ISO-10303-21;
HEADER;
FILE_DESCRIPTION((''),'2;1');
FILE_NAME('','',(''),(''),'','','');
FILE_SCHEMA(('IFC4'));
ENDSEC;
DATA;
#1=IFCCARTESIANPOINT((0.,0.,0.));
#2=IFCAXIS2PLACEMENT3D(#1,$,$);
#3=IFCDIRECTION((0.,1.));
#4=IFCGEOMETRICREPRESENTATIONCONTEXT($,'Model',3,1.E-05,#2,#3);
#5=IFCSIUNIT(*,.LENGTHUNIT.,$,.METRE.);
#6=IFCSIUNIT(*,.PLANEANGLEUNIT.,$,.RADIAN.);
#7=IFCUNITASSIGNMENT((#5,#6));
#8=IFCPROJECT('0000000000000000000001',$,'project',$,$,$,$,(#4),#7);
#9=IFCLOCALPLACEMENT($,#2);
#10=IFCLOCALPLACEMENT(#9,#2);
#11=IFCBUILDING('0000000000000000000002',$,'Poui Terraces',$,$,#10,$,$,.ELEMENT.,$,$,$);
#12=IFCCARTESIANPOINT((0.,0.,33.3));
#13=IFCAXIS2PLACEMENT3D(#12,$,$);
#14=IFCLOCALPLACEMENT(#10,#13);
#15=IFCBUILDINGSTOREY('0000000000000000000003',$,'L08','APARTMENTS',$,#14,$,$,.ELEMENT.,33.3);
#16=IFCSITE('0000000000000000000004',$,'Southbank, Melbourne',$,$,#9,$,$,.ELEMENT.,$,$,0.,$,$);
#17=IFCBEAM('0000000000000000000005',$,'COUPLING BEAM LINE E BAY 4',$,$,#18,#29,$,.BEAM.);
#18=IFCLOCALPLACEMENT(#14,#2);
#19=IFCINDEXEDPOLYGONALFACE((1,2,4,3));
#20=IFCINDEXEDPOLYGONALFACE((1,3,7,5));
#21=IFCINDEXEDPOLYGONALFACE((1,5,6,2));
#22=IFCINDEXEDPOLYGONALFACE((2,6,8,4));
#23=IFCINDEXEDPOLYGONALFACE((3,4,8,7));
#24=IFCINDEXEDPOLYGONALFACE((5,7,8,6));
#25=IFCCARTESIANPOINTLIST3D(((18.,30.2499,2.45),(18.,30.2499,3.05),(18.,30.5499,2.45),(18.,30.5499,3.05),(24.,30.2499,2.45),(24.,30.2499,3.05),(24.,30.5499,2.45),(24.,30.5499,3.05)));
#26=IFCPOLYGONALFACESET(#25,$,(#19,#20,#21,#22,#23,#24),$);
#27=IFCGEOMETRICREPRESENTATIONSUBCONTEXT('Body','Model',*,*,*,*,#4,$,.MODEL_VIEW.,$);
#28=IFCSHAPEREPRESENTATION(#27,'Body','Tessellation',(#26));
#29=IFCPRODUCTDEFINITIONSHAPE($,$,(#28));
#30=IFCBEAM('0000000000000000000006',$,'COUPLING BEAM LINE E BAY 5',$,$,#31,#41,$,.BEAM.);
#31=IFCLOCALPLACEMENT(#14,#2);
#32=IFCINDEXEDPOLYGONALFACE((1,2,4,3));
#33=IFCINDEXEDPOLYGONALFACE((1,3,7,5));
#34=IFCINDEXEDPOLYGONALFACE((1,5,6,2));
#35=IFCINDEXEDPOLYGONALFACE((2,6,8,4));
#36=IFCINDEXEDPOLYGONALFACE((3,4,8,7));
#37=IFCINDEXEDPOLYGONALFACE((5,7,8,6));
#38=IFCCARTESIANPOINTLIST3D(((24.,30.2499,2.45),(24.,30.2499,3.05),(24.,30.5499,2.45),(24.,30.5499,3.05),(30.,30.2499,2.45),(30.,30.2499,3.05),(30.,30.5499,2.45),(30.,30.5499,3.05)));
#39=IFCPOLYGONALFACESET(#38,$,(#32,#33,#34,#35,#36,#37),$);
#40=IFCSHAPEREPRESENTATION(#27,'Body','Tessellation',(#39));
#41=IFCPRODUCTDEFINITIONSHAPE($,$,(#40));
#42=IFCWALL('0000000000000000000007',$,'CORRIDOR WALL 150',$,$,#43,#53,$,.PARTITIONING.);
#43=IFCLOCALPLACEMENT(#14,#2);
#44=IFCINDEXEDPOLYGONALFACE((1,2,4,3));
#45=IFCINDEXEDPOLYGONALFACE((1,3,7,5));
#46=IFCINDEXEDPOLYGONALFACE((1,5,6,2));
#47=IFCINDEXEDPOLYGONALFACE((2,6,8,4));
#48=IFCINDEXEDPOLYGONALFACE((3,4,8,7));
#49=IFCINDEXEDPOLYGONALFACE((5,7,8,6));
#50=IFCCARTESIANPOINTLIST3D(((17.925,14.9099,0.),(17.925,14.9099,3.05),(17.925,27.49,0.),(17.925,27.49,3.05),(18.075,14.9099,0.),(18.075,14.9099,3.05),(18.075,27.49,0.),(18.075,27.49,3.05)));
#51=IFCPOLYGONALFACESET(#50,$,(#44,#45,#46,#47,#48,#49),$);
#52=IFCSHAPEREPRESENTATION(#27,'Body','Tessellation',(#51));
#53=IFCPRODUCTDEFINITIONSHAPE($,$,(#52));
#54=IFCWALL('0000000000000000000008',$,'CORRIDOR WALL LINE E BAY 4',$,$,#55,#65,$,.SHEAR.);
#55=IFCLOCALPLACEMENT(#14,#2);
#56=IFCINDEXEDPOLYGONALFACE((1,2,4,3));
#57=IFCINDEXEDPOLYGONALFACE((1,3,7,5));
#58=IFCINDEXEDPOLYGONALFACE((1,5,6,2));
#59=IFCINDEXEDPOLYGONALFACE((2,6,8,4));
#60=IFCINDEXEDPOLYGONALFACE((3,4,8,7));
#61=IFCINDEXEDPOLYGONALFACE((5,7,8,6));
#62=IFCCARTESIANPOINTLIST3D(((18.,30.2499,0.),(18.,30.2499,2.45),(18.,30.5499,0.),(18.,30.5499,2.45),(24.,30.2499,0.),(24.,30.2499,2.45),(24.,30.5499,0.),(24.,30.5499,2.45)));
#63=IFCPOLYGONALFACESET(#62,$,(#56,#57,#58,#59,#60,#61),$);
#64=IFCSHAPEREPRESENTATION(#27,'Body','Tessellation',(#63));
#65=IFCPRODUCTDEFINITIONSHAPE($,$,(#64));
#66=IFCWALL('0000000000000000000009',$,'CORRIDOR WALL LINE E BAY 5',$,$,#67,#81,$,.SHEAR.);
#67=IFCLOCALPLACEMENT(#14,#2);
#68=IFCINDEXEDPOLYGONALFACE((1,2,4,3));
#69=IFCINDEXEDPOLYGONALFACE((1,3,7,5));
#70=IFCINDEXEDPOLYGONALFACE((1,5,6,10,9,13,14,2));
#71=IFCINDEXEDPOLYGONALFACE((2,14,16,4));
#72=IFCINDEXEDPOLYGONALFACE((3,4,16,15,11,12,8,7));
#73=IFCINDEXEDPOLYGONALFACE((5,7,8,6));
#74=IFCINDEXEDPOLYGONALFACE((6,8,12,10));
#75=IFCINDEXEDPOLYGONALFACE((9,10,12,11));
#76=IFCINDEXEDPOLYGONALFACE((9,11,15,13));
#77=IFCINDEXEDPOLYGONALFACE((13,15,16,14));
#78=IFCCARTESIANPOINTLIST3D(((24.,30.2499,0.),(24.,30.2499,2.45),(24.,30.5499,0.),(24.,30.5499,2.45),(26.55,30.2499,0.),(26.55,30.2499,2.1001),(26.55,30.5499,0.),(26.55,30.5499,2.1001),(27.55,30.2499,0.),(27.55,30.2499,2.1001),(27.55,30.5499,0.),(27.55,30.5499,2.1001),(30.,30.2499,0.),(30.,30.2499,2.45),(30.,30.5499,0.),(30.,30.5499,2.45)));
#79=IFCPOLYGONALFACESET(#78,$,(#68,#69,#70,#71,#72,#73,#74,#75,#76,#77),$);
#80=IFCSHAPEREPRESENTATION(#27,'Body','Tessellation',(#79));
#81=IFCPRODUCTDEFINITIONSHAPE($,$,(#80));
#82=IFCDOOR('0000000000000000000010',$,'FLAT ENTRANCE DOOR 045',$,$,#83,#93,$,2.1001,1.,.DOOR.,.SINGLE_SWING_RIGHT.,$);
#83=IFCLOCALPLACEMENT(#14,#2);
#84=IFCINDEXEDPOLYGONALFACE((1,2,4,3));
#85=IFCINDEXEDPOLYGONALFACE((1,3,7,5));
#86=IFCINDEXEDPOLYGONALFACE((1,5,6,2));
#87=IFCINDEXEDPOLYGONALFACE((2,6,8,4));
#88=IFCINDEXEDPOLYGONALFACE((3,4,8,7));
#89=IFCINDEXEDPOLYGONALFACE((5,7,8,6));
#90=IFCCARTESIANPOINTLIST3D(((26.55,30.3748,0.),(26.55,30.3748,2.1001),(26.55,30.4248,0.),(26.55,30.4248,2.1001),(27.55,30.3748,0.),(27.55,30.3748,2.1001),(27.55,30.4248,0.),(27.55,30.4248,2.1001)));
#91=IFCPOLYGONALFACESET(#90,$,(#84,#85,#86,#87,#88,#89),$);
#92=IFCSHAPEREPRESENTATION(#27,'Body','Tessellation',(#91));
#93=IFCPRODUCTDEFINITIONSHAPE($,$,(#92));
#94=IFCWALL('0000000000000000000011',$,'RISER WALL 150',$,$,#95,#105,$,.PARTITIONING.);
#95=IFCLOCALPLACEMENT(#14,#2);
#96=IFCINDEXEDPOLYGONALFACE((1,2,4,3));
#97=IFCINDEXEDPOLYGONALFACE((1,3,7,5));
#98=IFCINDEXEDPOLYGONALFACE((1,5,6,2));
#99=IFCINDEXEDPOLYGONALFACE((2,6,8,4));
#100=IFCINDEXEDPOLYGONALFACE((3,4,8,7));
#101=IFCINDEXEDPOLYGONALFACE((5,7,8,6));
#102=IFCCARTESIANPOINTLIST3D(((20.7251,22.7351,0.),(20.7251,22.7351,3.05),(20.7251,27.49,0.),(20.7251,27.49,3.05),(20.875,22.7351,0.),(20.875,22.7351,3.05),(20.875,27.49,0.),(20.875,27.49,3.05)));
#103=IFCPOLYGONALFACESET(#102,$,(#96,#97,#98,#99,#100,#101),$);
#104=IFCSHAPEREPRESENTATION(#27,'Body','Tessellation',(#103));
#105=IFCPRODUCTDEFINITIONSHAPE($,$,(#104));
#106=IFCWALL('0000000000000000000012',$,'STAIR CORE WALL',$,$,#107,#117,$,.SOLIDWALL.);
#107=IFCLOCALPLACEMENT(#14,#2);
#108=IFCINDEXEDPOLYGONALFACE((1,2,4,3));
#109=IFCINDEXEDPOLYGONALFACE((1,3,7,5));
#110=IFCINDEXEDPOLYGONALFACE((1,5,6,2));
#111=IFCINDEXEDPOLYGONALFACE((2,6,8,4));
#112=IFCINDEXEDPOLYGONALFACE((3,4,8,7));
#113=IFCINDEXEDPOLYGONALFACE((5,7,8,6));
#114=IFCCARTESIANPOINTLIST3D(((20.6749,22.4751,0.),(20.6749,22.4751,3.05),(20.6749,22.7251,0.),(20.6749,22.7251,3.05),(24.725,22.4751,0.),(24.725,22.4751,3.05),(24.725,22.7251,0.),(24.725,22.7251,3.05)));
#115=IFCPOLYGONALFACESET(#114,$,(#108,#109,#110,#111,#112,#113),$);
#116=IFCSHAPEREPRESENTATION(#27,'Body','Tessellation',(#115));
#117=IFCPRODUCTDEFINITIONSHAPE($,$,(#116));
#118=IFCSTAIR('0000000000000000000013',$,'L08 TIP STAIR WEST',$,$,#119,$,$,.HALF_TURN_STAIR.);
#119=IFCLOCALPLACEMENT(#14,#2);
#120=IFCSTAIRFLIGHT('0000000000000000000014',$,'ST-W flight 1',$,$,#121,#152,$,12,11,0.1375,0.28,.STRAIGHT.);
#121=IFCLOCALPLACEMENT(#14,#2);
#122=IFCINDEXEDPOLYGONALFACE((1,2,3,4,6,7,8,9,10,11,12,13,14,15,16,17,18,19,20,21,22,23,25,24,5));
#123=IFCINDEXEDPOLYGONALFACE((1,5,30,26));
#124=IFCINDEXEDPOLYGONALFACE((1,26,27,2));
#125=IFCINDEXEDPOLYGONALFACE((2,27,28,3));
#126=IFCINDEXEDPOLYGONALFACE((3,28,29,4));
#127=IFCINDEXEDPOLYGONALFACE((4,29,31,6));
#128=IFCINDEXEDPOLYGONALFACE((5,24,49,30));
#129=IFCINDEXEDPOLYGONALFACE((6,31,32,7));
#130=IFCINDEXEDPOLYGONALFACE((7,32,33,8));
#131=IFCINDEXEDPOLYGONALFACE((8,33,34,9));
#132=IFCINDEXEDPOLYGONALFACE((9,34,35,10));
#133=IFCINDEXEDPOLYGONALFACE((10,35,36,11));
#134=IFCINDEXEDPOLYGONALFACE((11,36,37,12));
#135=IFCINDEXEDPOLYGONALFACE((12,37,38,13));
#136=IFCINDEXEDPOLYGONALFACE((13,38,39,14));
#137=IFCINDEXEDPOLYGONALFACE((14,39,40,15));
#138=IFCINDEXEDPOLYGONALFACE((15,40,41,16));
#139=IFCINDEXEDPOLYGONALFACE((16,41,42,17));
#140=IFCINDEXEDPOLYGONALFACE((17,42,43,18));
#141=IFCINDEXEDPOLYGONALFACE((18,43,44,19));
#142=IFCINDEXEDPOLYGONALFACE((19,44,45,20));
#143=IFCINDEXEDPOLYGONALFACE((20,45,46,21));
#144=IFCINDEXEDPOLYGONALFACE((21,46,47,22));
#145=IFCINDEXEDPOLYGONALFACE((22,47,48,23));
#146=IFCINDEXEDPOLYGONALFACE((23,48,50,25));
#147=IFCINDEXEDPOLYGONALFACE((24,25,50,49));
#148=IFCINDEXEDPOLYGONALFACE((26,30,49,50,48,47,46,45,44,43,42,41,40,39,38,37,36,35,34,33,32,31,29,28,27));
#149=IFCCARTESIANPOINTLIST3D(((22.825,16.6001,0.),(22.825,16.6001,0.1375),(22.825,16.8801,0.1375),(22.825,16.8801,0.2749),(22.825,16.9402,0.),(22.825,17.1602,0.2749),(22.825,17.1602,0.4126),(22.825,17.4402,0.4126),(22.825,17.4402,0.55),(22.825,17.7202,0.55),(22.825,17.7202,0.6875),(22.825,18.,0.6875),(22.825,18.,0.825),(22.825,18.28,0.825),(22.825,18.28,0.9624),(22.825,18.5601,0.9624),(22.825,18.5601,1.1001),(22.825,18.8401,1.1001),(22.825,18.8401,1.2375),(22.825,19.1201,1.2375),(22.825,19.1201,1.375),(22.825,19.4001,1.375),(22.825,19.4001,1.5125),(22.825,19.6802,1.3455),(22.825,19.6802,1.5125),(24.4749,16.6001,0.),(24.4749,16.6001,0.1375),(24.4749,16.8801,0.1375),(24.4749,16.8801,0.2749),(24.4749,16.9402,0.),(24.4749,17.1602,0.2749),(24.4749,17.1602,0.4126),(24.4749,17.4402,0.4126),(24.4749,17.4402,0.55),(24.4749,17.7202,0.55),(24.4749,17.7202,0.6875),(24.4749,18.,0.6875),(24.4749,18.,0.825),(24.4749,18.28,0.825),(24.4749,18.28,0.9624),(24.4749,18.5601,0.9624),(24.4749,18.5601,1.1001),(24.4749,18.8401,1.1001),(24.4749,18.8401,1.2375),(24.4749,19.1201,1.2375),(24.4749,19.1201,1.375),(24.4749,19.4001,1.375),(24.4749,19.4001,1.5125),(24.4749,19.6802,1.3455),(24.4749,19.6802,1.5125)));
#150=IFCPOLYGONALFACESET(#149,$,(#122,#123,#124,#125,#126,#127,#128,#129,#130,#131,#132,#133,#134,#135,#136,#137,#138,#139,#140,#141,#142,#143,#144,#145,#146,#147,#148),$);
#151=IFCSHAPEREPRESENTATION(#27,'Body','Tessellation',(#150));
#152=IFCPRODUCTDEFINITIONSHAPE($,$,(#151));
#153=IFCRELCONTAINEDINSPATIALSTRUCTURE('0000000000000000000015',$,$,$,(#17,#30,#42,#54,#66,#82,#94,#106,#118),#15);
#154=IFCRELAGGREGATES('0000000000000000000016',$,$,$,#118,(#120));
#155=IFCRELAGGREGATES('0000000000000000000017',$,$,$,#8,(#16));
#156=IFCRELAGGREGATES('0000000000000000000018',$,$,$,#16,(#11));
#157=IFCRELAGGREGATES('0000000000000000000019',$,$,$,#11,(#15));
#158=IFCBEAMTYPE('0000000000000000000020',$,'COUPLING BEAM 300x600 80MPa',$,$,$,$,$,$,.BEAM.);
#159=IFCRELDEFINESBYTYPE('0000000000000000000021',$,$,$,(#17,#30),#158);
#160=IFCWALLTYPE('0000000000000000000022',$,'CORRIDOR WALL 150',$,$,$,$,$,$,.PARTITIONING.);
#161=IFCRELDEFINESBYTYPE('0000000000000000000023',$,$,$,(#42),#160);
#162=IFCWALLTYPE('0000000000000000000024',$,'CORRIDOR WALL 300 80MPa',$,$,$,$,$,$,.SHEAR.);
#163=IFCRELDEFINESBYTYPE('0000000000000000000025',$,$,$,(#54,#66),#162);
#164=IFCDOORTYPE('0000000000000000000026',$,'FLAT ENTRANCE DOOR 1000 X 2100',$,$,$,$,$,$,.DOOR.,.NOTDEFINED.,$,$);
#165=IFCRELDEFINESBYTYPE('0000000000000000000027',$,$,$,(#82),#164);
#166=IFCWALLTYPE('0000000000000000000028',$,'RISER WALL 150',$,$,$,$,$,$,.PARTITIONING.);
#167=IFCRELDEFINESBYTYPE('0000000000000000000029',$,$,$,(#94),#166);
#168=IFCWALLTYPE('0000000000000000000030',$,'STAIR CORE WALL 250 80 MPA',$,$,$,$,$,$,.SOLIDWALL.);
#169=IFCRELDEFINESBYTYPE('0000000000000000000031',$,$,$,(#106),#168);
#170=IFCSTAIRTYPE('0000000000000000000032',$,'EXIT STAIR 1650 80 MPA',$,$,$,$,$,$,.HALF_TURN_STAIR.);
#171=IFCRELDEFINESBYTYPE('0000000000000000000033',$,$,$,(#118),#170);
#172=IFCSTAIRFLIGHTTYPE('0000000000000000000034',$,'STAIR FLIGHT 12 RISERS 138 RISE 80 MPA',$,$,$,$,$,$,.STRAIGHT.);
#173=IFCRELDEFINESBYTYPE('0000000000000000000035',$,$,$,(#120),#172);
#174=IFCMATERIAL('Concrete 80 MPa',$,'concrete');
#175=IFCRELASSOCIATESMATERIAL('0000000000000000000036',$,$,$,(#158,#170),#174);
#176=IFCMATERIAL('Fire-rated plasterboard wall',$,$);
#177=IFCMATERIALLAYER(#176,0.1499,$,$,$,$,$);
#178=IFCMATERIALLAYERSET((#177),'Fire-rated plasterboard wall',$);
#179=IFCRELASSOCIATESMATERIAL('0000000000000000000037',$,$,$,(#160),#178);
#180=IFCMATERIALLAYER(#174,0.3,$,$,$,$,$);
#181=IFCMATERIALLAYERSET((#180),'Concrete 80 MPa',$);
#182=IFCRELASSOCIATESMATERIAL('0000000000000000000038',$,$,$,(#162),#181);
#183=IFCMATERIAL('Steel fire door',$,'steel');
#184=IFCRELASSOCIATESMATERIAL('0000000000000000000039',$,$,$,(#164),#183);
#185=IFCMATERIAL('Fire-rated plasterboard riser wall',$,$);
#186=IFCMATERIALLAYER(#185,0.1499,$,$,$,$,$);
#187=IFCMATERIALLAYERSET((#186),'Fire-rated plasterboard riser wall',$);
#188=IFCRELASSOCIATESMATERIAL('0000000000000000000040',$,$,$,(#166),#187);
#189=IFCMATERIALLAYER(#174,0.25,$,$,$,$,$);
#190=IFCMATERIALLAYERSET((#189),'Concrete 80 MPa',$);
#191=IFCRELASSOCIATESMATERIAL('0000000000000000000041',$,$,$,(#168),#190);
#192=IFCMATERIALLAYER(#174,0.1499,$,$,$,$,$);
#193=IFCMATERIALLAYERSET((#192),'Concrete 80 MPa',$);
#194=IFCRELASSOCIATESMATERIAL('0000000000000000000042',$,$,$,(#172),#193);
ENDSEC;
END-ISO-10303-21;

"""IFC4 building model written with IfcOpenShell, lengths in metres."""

from ifc_helpers import new_model, si_unit, direction, frame, frame_2d, origin, origin_2d, place, context, subcontext, project, spatial, polyline, rectangle, outline, extrude, source, transform, mapped, material, layer, layer_set, material_profile, profile_set, type_object, element, fill, aggregate, save


model = new_model("IFC4")

# Units and contexts
model_context = context("Model", 3, precision=1e-05, world=origin(), true_north=direction((0.0, 1.0)))
body_context = subcontext(model_context, "Body", "Model", "MODEL_VIEW")
ifc_project = project(units=[si_unit("LENGTHUNIT", "METRE"), si_unit("PLANEANGLEUNIT", "RADIAN")], contexts=[model_context])

# Site, building, storey
site_placement = place(None, origin())
site = spatial("IfcSite", under=ifc_project, at=site_placement, Name="Southbank, Melbourne", CompositionType="ELEMENT", RefElevation=0.0)
building_placement = place(site_placement, origin())
building = spatial("IfcBuilding", under=site, at=building_placement, Name="Poui Terraces", CompositionType="ELEMENT")
storey_placement = place(building_placement, frame((0.0, 0.0, 33.3)))
storey = spatial("IfcBuildingStorey", under=building, at=storey_placement, Name="L08", Description="APARTMENTS", CompositionType="ELEMENT", Elevation=33.3)

# Beams
ifc_material_1 = material(Name="Concrete 80 MPa", Category="concrete")
ifc_material_profile = material_profile(ifc_material_1, rectangle(XDim=0.3, YDim=0.6001, at=origin_2d()), Name="RC 300x600")
ifc_profile_set = profile_set([ifc_material_profile], Name="Concrete 80 MPa")
beam_type = type_object("IfcBeamType", Name="COUPLING BEAM 300x600 80MPa", PredefinedType="BEAM", material=ifc_profile_set)
shared_shape = source(origin(), body_context, "Body", "SweptSolid", [
    extrude(rectangle(XDim=0.3, YDim=0.6001, at=origin_2d()), origin(), (0.0, 0.0, 1.0), 6.0),
])
for number, where, z_axis, x_axis, name in (
    (1, (18.0, 30.3999, 2.75), (1.0, 0.0, 0.0), (0.0, 1.0, 0.0), "COUPLING BEAM LINE E BAY 4"),
    (2, (24.0, 30.3999, 2.75), (1.0, 0.0, 0.0), (0.0, 1.0, 0.0), "COUPLING BEAM LINE E BAY 5"),
):
    element("IfcBeam", number, at=place(storey_placement, frame(where, z_axis=z_axis, x_axis=x_axis)), inside=storey, type_object=beam_type, Name=name, PredefinedType="BEAM", context=body_context, shape_type="MappedRepresentation", body=[
        mapped(shared_shape, transform((0.0, 0.0, 0.0))),
    ])

# Walls
ifc_material_2 = material(Name="Fire-rated plasterboard wall")
ifc_layer_1 = layer(ifc_material_2, 0.1499)
ifc_layer_set_1 = layer_set([ifc_layer_1], Name="Fire-rated plasterboard wall")
wall_type_1 = type_object("IfcWallType", Name="CORRIDOR WALL 150", PredefinedType="PARTITIONING", material=ifc_layer_set_1)
wall_1_placement = place(storey_placement, frame((18.0, 14.9099, 0.0), z_axis=(0.0, 0.0, 1.0), x_axis=(0.0, 1.0, 0.0)))
element("IfcWall", 3, at=wall_1_placement, inside=storey, type_object=wall_type_1, Name="CORRIDOR WALL 150", PredefinedType="PARTITIONING", context=body_context, shape_type="SweptSolid", body=[
    extrude(rectangle(XDim=12.5801, YDim=0.1499, at=frame_2d((6.29, 0.0))), origin(), (0.0, 0.0, 1.0), 3.05),
])
ifc_layer_2 = layer(ifc_material_1, 0.3)
ifc_layer_set_2 = layer_set([ifc_layer_2], Name="Concrete 80 MPa")
wall_type_2 = type_object("IfcWallType", Name="CORRIDOR WALL 300 80MPa", PredefinedType="SHEAR", material=ifc_layer_set_2)
wall_2_placement = place(storey_placement, frame((18.0, 30.3999, 0.0), z_axis=(0.0, 0.0, 1.0), x_axis=(1.0, 0.0, 0.0)))
element("IfcWall", 4, at=wall_2_placement, inside=storey, type_object=wall_type_2, Name="CORRIDOR WALL LINE E BAY 4", PredefinedType="SHEAR", context=body_context, shape_type="SweptSolid", body=[
    extrude(rectangle(XDim=6.0, YDim=0.3, at=frame_2d((3.0, 0.0))), origin(), (0.0, 0.0, 1.0), 2.45),
])

# Wall, opening, door
wall_3_placement = place(storey_placement, frame((24.0, 30.3999, 0.0), z_axis=(0.0, 0.0, 1.0), x_axis=(1.0, 0.0, 0.0)))
wall_3 = element("IfcWall", 5, at=wall_3_placement, inside=storey, type_object=wall_type_2, Name="CORRIDOR WALL LINE E BAY 5", PredefinedType="SHEAR", context=body_context, shape_type="SweptSolid", body=[
    extrude(rectangle(XDim=6.0, YDim=0.3, at=frame_2d((3.0, 0.0))), origin(), (0.0, 0.0, 1.0), 2.45),
])
opening_placement = place(wall_3_placement, frame((2.55, 0.0, 0.0)))
opening = element("IfcOpeningElement", 6, at=opening_placement, cuts=wall_3, PredefinedType="OPENING", context=body_context, shape_type="SweptSolid", body=[
    extrude(rectangle(XDim=1.0, YDim=2.1001, at=frame_2d((0.5, 1.05))), frame((0.0, 0.1602, 0.0), z_axis=(0.0, -1.0, 0.0), x_axis=(1.0, 0.0, 0.0)), (0.0, 0.0, 1.0), 0.3201),
])
ifc_material_3 = material(Name="Steel fire door", Category="steel")
door_type = type_object("IfcDoorType", Name="FLAT ENTRANCE DOOR 1000 X 2100", OperationType="NOTDEFINED", PredefinedType="DOOR", material=ifc_material_3)
door_placement = place(opening_placement, origin())
door = element("IfcDoor", 7, at=door_placement, inside=storey, type_object=door_type, Name="FLAT ENTRANCE DOOR 045", OperationType="SINGLE_SWING_RIGHT", OverallHeight=2.1001, OverallWidth=1.0, PredefinedType="DOOR", context=body_context, shape_type="SweptSolid", body=[
    extrude(rectangle(XDim=1.0, YDim=2.1001, at=frame_2d((0.5, 1.05))), frame((0.0, 0.0249, 0.0), z_axis=(0.0, -1.0, 0.0), x_axis=(1.0, 0.0, 0.0)), (0.0, 0.0, 1.0), 0.05),
])
fill(opening, door)

# Walls
ifc_material_4 = material(Name="Fire-rated plasterboard riser wall")
ifc_layer_3 = layer(ifc_material_4, 0.1499)
ifc_layer_set_3 = layer_set([ifc_layer_3], Name="Fire-rated plasterboard riser wall")
wall_type_3 = type_object("IfcWallType", Name="RISER WALL 150", PredefinedType="PARTITIONING", material=ifc_layer_set_3)
wall_4_placement = place(storey_placement, frame((20.8, 22.7351, 0.0), z_axis=(0.0, 0.0, 1.0), x_axis=(0.0, 1.0, 0.0)))
element("IfcWall", 8, at=wall_4_placement, inside=storey, type_object=wall_type_3, Name="RISER WALL 150", PredefinedType="PARTITIONING", context=body_context, shape_type="SweptSolid", body=[
    extrude(rectangle(XDim=4.7549, YDim=0.1499, at=frame_2d((2.3774, 0.0))), origin(), (0.0, 0.0, 1.0), 3.05),
])
ifc_layer_4 = layer(ifc_material_1, 0.25)
ifc_layer_set_4 = layer_set([ifc_layer_4], Name="Concrete 80 MPa")
wall_type_4 = type_object("IfcWallType", Name="STAIR CORE WALL 250 80 MPA", PredefinedType="SOLIDWALL", material=ifc_layer_set_4)
wall_5_placement = place(storey_placement, frame((20.675, 22.6001, 0.0), z_axis=(0.0, 0.0, 1.0), x_axis=(1.0, 0.0, 0.0)))
element("IfcWall", 9, at=wall_5_placement, inside=storey, type_object=wall_type_4, Name="STAIR CORE WALL", PredefinedType="SOLIDWALL", context=body_context, shape_type="SweptSolid", body=[
    extrude(rectangle(XDim=4.05, YDim=0.25, at=frame_2d((2.0249, 0.0))), origin(), (0.0, 0.0, 1.0), 3.05),
])

# Stair, stair flight
stair_type = type_object("IfcStairType", Name="EXIT STAIR 1650 80 MPA", PredefinedType="HALF_TURN_STAIR", material=ifc_material_1)
stair_placement = place(storey_placement, origin())
stair = element("IfcStair", 10, at=stair_placement, inside=storey, type_object=stair_type, Name="L08 TIP STAIR WEST", PredefinedType="HALF_TURN_STAIR")
ifc_layer_5 = layer(ifc_material_1, 0.1499)
ifc_layer_set_5 = layer_set([ifc_layer_5], Name="Concrete 80 MPa")
stair_flight_type = type_object("IfcStairFlightType", Name="STAIR FLIGHT 12 RISERS 138 RISE 80 MPA", PredefinedType="STRAIGHT", material=ifc_layer_set_5)
stair_flight_1_placement = place(storey_placement, frame((23.6499, 16.6001, 0.0), z_axis=(0.0, 0.0, 1.0), x_axis=(0.0, 1.0, 0.0)))
stair_flight_1 = element("IfcStairFlight", 11, at=stair_flight_1_placement, type_object=stair_flight_type, Name="ST-W flight 1", NumberOfRisers=12, NumberOfTreads=11, PredefinedType="STRAIGHT", RiserHeight=0.1375, TreadLength=0.28, context=body_context, shape_type="SweptSolid", body=[
    extrude(outline(polyline([(0.0, 0.0), (0.0, 0.1375), (0.28, 0.1375), (0.28, 0.2749), (0.5601, 0.2749), (0.5601, 0.4126), (0.8401, 0.4126), (0.8401, 0.55), (1.1201, 0.55), (1.1201, 0.6875), (1.3999, 0.6875), (1.3999, 0.825), (1.6799, 0.825), (1.6799, 0.9624), (1.96, 0.9624), (1.96, 1.1001), (2.24, 1.1001), (2.24, 1.2375), (2.52, 1.2375), (2.52, 1.375), (2.8, 1.375), (2.8, 1.5125), (3.0801, 1.5125), (3.0801, 1.6499), (3.0801, 1.3455), (0.3401, 0.0), (0.0, 0.0)])), frame((0.0, 0.825, 0.0), z_axis=(0.0, -1.0, 0.0), x_axis=(1.0, 0.0, 0.0)), (0.0, 0.0, 1.0), 1.6499),
])
aggregate(stair, [stair_flight_1])

save(model, "model.ifc")
